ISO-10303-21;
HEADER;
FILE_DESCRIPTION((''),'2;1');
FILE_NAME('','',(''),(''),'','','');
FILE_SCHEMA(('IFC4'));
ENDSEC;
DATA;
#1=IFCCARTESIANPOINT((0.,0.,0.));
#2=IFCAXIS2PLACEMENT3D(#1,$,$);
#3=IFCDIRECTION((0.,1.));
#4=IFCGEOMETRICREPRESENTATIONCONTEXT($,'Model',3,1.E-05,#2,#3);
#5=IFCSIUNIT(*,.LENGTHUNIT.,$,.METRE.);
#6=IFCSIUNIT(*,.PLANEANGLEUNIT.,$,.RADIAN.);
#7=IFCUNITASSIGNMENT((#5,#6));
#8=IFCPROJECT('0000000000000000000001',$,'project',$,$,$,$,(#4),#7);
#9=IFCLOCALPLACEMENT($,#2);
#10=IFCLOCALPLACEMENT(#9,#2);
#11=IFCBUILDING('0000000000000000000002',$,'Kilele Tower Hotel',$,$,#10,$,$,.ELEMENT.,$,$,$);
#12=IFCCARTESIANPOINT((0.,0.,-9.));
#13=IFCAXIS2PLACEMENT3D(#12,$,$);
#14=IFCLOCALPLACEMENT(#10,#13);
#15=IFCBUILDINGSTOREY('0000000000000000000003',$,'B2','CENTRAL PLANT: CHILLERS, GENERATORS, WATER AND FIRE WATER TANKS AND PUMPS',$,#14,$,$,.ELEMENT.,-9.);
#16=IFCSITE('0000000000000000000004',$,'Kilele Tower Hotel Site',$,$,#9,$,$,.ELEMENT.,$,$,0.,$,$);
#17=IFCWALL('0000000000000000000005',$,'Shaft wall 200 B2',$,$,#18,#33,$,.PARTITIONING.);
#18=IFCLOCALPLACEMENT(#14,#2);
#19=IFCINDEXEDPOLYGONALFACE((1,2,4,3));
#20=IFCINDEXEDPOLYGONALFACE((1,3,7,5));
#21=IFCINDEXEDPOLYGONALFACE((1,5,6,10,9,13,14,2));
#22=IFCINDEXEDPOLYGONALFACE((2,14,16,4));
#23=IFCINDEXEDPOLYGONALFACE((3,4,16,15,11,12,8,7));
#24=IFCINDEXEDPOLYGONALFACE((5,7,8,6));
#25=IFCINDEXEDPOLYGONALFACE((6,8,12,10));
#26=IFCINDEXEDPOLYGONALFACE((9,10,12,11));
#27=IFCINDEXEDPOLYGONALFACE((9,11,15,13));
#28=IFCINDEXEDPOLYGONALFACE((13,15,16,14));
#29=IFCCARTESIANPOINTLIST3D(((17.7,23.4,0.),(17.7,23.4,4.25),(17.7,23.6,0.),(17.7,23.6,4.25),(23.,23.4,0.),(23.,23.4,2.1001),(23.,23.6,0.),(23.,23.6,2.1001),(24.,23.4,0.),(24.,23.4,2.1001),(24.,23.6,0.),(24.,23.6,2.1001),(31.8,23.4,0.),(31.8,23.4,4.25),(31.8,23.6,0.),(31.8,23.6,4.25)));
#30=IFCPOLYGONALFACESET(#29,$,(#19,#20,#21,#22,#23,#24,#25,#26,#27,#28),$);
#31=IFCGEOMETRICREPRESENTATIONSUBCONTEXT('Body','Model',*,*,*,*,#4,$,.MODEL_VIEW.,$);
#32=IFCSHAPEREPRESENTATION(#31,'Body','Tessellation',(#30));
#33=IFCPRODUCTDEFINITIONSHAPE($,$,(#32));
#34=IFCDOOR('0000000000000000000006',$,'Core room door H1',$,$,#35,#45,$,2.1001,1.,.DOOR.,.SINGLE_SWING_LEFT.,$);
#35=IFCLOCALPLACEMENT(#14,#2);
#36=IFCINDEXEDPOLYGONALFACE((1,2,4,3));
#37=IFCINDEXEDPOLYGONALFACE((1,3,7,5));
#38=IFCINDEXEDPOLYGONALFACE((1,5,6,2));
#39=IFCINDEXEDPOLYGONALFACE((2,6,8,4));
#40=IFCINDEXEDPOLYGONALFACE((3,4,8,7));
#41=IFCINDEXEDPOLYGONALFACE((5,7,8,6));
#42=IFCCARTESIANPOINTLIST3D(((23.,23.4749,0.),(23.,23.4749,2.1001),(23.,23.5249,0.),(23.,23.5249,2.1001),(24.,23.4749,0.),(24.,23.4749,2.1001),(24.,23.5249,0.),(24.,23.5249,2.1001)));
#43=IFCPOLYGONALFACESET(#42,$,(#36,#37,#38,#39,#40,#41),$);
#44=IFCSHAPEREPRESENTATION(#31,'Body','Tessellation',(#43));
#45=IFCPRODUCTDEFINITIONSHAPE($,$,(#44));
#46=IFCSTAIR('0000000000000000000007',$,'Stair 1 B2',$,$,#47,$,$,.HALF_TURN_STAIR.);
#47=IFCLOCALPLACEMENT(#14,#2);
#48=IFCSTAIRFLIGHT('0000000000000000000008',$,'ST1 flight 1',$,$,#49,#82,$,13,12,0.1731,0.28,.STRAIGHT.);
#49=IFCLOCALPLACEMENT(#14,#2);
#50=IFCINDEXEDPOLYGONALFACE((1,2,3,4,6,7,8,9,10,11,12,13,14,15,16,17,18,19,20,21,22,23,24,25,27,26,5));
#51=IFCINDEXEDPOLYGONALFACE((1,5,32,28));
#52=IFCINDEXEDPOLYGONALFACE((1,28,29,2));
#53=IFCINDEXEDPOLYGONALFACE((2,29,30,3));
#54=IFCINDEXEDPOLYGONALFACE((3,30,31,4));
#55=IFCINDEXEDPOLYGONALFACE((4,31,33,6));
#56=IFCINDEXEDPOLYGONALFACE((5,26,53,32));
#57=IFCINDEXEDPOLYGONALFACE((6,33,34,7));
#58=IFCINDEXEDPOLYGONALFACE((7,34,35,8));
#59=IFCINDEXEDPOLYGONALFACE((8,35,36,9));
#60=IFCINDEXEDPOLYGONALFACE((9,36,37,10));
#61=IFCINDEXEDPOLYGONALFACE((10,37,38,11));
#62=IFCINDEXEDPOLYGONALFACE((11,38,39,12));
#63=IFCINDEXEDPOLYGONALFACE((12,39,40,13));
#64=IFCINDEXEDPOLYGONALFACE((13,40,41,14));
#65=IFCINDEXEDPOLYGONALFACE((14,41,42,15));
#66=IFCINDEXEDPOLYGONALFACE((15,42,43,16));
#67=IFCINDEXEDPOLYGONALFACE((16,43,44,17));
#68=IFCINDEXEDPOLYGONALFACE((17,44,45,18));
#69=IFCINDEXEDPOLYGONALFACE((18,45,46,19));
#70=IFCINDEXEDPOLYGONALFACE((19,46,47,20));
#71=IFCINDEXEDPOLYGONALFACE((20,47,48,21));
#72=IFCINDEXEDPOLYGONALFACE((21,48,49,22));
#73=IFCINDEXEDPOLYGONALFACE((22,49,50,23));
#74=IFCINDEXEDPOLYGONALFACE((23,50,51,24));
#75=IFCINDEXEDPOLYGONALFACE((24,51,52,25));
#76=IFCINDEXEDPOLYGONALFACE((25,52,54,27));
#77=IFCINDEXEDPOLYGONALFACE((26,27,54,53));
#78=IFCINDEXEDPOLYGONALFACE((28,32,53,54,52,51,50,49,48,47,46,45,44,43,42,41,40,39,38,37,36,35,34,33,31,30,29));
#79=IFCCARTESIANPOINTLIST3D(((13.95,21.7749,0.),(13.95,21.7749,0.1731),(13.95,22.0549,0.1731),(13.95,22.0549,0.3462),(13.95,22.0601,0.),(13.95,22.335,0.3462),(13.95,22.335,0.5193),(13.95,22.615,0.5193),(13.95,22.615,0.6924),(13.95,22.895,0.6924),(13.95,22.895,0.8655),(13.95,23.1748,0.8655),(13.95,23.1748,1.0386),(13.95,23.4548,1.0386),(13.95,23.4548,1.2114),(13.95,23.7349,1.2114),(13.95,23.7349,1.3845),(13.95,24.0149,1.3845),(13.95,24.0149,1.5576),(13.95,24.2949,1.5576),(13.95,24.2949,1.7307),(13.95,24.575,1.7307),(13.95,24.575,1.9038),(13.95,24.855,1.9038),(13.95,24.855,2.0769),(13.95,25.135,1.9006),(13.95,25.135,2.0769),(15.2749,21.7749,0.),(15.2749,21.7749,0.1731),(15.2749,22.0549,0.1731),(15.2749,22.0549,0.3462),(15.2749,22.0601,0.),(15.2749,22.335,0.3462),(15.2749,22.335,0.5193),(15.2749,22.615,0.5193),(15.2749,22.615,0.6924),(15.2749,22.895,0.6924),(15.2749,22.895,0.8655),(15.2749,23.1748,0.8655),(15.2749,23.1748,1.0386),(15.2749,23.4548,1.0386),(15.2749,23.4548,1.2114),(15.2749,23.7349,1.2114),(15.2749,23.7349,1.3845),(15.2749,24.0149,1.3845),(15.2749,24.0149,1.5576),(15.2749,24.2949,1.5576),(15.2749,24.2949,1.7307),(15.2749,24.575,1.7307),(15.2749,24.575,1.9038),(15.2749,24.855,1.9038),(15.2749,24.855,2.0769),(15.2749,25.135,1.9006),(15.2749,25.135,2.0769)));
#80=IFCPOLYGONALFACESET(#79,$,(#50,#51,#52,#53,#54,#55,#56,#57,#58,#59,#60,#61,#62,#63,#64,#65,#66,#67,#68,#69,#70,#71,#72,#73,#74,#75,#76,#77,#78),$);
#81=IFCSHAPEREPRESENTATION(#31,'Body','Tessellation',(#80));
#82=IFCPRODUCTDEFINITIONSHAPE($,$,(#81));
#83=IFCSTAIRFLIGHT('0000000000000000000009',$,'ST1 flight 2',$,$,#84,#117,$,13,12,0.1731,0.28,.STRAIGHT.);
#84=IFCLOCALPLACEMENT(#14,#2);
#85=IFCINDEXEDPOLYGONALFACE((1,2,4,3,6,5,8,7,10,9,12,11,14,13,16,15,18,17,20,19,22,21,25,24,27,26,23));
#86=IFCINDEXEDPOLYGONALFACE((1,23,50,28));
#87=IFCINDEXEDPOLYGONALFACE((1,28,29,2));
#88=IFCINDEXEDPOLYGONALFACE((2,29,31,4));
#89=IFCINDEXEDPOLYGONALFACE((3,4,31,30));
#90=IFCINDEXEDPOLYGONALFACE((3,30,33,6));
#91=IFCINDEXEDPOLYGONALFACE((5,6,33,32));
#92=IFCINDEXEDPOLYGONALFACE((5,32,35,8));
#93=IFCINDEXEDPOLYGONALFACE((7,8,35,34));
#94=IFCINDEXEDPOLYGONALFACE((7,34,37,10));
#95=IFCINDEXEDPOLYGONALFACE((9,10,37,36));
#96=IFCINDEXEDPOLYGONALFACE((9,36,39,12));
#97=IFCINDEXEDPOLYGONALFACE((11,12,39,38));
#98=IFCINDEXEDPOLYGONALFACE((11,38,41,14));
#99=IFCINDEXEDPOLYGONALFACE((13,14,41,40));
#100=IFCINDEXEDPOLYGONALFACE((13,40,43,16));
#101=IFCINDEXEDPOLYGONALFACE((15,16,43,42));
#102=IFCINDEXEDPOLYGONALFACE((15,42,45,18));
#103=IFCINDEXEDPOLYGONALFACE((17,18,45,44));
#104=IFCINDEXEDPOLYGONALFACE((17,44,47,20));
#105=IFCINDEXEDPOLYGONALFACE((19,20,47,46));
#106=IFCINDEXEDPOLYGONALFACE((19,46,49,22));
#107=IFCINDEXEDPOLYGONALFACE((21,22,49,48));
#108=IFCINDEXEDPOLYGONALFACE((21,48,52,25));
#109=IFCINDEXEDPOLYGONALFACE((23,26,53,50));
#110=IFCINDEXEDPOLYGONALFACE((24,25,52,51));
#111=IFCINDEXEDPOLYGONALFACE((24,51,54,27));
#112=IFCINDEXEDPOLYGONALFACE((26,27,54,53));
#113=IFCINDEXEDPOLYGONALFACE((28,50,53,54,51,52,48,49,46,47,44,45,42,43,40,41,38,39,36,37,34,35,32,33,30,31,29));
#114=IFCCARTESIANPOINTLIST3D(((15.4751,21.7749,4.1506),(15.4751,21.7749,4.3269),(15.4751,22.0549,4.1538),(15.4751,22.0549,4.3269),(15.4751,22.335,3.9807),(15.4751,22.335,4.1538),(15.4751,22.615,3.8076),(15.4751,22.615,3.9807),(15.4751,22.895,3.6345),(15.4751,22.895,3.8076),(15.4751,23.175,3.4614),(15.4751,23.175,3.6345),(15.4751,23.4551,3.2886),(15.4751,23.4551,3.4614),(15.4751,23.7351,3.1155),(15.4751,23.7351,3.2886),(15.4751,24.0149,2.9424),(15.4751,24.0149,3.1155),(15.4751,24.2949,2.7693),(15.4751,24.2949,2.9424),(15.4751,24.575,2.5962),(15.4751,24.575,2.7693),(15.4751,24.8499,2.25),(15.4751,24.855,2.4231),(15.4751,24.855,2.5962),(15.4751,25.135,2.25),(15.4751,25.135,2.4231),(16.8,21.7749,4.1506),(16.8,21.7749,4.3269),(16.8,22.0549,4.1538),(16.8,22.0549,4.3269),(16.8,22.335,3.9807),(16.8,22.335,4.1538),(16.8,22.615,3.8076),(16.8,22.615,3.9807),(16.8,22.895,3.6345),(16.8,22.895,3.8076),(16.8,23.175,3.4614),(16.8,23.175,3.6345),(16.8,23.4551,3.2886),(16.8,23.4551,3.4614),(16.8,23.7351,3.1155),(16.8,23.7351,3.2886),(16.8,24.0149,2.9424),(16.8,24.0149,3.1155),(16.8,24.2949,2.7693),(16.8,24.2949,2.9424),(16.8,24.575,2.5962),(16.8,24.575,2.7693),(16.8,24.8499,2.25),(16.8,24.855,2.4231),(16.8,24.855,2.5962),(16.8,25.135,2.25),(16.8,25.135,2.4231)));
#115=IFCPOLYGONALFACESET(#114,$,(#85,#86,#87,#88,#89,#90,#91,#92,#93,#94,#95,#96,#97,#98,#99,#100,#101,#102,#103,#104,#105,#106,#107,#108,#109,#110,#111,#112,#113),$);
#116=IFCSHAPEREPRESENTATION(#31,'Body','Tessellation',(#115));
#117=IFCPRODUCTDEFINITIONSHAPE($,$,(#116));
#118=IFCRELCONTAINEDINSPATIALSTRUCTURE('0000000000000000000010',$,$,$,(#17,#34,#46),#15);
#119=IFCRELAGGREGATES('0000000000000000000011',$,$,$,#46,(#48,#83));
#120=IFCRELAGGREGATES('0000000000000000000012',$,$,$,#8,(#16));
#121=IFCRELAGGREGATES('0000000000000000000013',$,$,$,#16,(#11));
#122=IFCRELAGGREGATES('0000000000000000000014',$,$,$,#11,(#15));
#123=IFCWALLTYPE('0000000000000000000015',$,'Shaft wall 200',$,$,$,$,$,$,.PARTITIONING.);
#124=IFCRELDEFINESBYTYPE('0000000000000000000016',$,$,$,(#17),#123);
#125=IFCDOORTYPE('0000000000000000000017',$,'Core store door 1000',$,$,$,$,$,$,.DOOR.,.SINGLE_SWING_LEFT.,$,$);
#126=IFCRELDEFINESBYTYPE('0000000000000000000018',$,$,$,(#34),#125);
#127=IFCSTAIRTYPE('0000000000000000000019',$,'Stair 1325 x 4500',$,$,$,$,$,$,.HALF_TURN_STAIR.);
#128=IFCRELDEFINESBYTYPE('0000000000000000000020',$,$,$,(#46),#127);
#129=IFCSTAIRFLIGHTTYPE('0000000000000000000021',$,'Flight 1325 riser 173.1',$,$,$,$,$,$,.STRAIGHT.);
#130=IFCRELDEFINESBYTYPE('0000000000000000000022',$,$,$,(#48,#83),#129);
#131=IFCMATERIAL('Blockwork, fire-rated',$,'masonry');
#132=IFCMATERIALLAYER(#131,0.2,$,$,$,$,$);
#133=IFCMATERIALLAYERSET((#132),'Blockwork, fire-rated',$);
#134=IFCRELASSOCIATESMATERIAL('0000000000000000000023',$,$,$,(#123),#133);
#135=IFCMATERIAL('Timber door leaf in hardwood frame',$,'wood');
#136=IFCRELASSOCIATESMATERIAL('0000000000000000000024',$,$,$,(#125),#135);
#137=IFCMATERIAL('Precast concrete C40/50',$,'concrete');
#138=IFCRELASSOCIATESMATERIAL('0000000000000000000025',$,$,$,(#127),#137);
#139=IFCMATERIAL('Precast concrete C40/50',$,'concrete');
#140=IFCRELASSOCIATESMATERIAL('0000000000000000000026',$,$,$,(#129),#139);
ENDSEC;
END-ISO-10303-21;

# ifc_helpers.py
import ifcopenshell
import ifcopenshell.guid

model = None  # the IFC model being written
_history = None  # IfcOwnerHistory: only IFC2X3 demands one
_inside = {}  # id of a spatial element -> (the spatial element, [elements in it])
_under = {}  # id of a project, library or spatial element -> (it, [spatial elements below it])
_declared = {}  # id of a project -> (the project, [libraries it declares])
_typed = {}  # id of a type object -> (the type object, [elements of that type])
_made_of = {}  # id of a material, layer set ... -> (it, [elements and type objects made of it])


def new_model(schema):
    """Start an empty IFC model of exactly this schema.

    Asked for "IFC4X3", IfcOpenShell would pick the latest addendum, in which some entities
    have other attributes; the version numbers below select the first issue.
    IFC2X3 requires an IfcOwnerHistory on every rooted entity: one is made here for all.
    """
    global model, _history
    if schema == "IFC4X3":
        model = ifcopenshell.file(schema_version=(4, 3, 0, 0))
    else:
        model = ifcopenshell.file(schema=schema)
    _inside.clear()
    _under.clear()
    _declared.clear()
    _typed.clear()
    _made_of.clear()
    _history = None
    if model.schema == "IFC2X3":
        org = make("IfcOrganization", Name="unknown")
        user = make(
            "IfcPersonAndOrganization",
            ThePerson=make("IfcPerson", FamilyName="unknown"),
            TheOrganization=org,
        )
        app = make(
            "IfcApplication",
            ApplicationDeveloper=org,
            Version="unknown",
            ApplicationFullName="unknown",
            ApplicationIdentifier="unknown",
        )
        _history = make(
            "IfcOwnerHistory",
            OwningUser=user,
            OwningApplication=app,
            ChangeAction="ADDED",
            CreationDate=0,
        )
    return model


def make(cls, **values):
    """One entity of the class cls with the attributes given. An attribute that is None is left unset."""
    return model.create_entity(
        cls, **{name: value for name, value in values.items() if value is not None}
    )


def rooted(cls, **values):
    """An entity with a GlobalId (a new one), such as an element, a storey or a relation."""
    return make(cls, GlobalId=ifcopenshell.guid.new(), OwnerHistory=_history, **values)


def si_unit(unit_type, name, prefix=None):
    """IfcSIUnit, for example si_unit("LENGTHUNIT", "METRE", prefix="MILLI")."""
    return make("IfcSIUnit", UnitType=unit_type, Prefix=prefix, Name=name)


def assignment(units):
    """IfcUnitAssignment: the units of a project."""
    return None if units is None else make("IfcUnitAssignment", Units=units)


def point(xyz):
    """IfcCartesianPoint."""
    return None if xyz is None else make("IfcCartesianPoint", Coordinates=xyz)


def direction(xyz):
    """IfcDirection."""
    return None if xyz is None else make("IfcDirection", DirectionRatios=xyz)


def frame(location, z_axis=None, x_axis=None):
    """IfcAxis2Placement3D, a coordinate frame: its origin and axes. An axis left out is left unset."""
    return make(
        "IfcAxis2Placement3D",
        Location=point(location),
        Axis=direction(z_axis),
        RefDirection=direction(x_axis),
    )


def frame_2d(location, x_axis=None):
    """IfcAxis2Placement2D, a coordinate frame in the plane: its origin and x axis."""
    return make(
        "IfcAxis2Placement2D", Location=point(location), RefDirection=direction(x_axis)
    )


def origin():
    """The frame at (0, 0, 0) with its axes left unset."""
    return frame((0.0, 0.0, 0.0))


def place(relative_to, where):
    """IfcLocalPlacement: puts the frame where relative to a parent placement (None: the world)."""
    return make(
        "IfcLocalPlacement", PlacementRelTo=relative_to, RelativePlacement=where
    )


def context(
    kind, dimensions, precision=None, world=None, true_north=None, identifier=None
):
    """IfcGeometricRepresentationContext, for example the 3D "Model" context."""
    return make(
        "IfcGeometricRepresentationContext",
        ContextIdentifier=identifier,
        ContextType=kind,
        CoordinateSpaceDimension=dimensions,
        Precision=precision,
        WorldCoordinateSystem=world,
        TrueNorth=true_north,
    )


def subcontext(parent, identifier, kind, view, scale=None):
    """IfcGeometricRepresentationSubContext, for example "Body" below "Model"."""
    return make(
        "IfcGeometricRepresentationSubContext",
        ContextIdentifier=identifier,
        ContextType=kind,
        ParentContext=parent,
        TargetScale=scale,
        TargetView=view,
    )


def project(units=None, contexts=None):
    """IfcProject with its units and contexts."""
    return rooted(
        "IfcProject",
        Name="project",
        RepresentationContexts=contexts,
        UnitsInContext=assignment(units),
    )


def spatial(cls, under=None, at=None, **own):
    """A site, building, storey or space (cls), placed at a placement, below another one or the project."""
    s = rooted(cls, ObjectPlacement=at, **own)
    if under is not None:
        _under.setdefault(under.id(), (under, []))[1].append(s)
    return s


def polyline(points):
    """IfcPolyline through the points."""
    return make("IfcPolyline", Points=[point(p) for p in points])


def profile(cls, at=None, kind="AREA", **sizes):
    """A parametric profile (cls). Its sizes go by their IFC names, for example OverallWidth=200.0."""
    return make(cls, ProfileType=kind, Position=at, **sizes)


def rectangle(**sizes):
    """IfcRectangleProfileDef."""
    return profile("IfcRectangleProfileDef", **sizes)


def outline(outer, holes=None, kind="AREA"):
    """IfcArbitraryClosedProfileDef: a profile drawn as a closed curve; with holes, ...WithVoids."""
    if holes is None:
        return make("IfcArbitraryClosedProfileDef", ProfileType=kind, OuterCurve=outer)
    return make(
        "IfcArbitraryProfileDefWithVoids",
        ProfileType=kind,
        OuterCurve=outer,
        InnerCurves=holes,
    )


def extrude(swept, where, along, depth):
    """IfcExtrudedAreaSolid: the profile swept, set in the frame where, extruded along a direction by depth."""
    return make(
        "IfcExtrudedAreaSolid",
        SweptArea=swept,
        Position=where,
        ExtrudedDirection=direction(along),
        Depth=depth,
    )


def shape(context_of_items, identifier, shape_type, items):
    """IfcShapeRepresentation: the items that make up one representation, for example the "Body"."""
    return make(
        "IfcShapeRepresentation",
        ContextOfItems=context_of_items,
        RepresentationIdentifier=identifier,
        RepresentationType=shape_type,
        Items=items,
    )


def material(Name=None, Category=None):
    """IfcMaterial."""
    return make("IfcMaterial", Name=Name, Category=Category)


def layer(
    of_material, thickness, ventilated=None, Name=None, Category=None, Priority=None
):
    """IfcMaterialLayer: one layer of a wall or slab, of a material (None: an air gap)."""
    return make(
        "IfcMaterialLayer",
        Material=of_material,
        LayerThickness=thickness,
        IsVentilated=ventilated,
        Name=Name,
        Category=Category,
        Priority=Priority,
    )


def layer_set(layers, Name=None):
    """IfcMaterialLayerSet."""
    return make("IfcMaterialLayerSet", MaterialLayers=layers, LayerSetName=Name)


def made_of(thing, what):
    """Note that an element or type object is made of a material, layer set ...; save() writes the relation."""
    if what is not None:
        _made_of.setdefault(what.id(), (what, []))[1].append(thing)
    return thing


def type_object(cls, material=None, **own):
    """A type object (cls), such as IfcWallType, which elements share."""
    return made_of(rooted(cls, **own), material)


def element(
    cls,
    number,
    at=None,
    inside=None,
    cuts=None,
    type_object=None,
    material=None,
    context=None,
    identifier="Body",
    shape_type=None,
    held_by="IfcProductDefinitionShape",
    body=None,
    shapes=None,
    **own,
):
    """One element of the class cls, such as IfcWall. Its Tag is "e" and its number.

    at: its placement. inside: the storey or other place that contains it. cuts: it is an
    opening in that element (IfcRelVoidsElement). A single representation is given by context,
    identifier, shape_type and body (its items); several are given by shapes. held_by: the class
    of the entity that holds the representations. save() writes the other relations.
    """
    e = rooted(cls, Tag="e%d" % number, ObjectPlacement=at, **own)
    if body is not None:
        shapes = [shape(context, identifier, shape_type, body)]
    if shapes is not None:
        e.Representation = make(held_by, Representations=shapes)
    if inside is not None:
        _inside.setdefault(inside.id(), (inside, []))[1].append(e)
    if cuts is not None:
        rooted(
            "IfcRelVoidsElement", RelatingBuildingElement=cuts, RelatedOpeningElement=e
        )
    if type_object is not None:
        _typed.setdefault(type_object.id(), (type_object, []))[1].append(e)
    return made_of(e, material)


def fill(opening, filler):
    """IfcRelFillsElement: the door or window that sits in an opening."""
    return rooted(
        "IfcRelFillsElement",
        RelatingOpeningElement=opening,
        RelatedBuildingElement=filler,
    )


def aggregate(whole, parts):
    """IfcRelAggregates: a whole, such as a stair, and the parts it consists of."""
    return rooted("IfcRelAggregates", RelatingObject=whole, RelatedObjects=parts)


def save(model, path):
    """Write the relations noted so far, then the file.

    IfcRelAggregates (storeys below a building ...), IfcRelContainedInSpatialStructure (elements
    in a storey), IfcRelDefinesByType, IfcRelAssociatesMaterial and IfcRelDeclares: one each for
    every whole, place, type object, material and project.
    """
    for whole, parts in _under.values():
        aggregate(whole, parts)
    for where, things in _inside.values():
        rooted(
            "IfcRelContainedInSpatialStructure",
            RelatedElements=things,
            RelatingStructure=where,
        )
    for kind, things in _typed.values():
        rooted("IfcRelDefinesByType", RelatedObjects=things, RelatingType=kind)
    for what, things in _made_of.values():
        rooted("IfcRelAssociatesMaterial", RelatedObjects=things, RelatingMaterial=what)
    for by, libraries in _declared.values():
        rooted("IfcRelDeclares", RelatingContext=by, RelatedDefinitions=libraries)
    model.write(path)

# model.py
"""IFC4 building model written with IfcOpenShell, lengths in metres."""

from ifc_helpers import new_model, si_unit, direction, frame, frame_2d, origin, place, context, subcontext, project, spatial, polyline, rectangle, outline, extrude, material, layer, layer_set, type_object, element, fill, aggregate, save


model = new_model("IFC4")

# Units and contexts
model_context = context("Model", 3, precision=1e-05, world=origin(), true_north=direction((0.0, 1.0)))
body_context = subcontext(model_context, "Body", "Model", "MODEL_VIEW")
ifc_project = project(units=[si_unit("LENGTHUNIT", "METRE"), si_unit("PLANEANGLEUNIT", "RADIAN")], contexts=[model_context])

# Site, building, storey
site_placement = place(None, origin())
site = spatial("IfcSite", under=ifc_project, at=site_placement, Name="Kilele Tower Hotel Site", CompositionType="ELEMENT", RefElevation=0.0)
building_placement = place(site_placement, origin())
building = spatial("IfcBuilding", under=site, at=building_placement, Name="Kilele Tower Hotel", CompositionType="ELEMENT")
storey_placement = place(building_placement, frame((0.0, 0.0, -9.0)))
storey = spatial("IfcBuildingStorey", under=building, at=storey_placement, Name="B2", Description="CENTRAL PLANT: CHILLERS, GENERATORS, WATER AND FIRE WATER TANKS AND PUMPS", CompositionType="ELEMENT", Elevation=-9.0)

# Wall, opening, door
ifc_material_1 = material(Name="Blockwork, fire-rated", Category="masonry")
ifc_layer_1 = layer(ifc_material_1, 0.2)
ifc_layer_set_1 = layer_set([ifc_layer_1], Name="Blockwork, fire-rated")
wall_type_1 = type_object("IfcWallType", Name="Shaft wall 200", PredefinedType="PARTITIONING", material=ifc_layer_set_1)
wall_1_placement = place(storey_placement, frame((17.7, 23.5, 0.0), z_axis=(0.0, 0.0, 1.0), x_axis=(1.0, 0.0, 0.0)))
wall_1 = element("IfcWall", 1, at=wall_1_placement, inside=storey, type_object=wall_type_1, Name="Shaft wall 200 B2", PredefinedType="PARTITIONING", context=body_context, shape_type="SweptSolid", body=[
    extrude(rectangle(XDim=14.1001, YDim=0.2, at=frame_2d((7.05, 0.0))), origin(), (0.0, 0.0, 1.0), 4.25),
])
opening_1_placement = place(wall_1_placement, frame((5.3, 0.0, 0.0)))
opening_1 = element("IfcOpeningElement", 2, at=opening_1_placement, cuts=wall_1, PredefinedType="OPENING", context=body_context, shape_type="SweptSolid", body=[
    extrude(rectangle(XDim=1.0, YDim=2.1001, at=frame_2d((0.5, 1.05))), frame((0.0, 0.1099, 0.0), z_axis=(0.0, -1.0, 0.0), x_axis=(1.0, 0.0, 0.0)), (0.0, 0.0, 1.0), 0.22),
])
ifc_material_2 = material(Name="Timber door leaf in hardwood frame", Category="wood")
door_type_1 = type_object("IfcDoorType", Name="Core store door 1000", OperationType="SINGLE_SWING_LEFT", PredefinedType="DOOR", material=ifc_material_2)
door_1_placement = place(opening_1_placement, origin())
door_1 = element("IfcDoor", 3, at=door_1_placement, inside=storey, type_object=door_type_1, Name="Core room door H1", OperationType="SINGLE_SWING_LEFT", OverallHeight=2.1001, OverallWidth=1.0, PredefinedType="DOOR", context=body_context, shape_type="SweptSolid", body=[
    extrude(rectangle(XDim=1.0, YDim=2.1001, at=frame_2d((0.5, 1.05))), frame((0.0, 0.0249, 0.0), z_axis=(0.0, -1.0, 0.0), x_axis=(1.0, 0.0, 0.0)), (0.0, 0.0, 1.0), 0.05),
])
fill(opening_1, door_1)

# Stair, stair flights
ifc_material_3 = material(Name="Precast concrete C40/50", Category="concrete")
stair_type = type_object("IfcStairType", Name="Stair 1325 x 4500", PredefinedType="HALF_TURN_STAIR", material=ifc_material_3)
stair_placement = place(storey_placement, origin())
stair = element("IfcStair", 4, at=stair_placement, inside=storey, type_object=stair_type, Name="Stair 1 B2", PredefinedType="HALF_TURN_STAIR")
ifc_material_4 = material(Name="Precast concrete C40/50", Category="concrete")
stair_flight_type = type_object("IfcStairFlightType", Name="Flight 1325 riser 173.1", PredefinedType="STRAIGHT", material=ifc_material_4)
stair_flight_1_placement = place(storey_placement, frame((14.6125, 21.7749, 0.0), z_axis=(0.0, 0.0, 1.0), x_axis=(0.0, 1.0, 0.0)))
stair_flight_1 = element("IfcStairFlight", 5, at=stair_flight_1_placement, type_object=stair_flight_type, Name="ST1 flight 1", NumberOfRisers=13, NumberOfTreads=12, PredefinedType="STRAIGHT", RiserHeight=0.1731, TreadLength=0.28, context=body_context, shape_type="SweptSolid", body=[
    extrude(outline(polyline([(0.0, 0.0), (0.0, 0.1731), (0.28, 0.1731), (0.28, 0.3462), (0.5601, 0.3462), (0.5601, 0.5193), (0.8401, 0.5193), (0.8401, 0.6924), (1.1201, 0.6924), (1.1201, 0.8655), (1.3999, 0.8655), (1.3999, 1.0386), (1.6799, 1.0386), (1.6799, 1.2114), (1.96, 1.2114), (1.96, 1.3845), (2.24, 1.3845), (2.24, 1.5576), (2.52, 1.5576), (2.52, 1.7307), (2.8, 1.7307), (2.8, 1.9038), (3.0801, 1.9038), (3.0801, 2.0769), (3.3601, 2.0769), (3.3601, 2.25), (3.3601, 1.9006), (0.2852, 0.0), (0.0, 0.0)])), frame((0.0, 0.6626, 0.0), z_axis=(0.0, -1.0, 0.0), x_axis=(1.0, 0.0, 0.0)), (0.0, 0.0, 1.0), 1.325),
])
stair_flight_2_placement = place(storey_placement, frame((16.1375, 25.135, 2.25), z_axis=(0.0, 0.0, 1.0), x_axis=(0.0, -1.0, 0.0)))
stair_flight_2 = element("IfcStairFlight", 6, at=stair_flight_2_placement, type_object=stair_flight_type, Name="ST1 flight 2", NumberOfRisers=13, NumberOfTreads=12, PredefinedType="STRAIGHT", RiserHeight=0.1731, TreadLength=0.28, context=body_context, shape_type="SweptSolid", body=[
    extrude(outline(polyline([(0.0, 0.0), (0.0, 0.1731), (0.28, 0.1731), (0.28, 0.3462), (0.5601, 0.3462), (0.5601, 0.5193), (0.8401, 0.5193), (0.8401, 0.6924), (1.1201, 0.6924), (1.1201, 0.8655), (1.3999, 0.8655), (1.3999, 1.0386), (1.6799, 1.0386), (1.6799, 1.2114), (1.96, 1.2114), (1.96, 1.3845), (2.24, 1.3845), (2.24, 1.5576), (2.52, 1.5576), (2.52, 1.7307), (2.8, 1.7307), (2.8, 1.9038), (3.0801, 1.9038), (3.0801, 2.0769), (3.3601, 2.0769), (3.3601, 2.25), (3.3601, 1.9006), (0.2852, 0.0), (0.0, 0.0)])), frame((0.0, 0.6626, 0.0), z_axis=(0.0, -1.0, 0.0), x_axis=(1.0, 0.0, 0.0)), (0.0, 0.0, 1.0), 1.325),
])
aggregate(stair, [stair_flight_1, stair_flight_2])

save(model, "model.ifc")
